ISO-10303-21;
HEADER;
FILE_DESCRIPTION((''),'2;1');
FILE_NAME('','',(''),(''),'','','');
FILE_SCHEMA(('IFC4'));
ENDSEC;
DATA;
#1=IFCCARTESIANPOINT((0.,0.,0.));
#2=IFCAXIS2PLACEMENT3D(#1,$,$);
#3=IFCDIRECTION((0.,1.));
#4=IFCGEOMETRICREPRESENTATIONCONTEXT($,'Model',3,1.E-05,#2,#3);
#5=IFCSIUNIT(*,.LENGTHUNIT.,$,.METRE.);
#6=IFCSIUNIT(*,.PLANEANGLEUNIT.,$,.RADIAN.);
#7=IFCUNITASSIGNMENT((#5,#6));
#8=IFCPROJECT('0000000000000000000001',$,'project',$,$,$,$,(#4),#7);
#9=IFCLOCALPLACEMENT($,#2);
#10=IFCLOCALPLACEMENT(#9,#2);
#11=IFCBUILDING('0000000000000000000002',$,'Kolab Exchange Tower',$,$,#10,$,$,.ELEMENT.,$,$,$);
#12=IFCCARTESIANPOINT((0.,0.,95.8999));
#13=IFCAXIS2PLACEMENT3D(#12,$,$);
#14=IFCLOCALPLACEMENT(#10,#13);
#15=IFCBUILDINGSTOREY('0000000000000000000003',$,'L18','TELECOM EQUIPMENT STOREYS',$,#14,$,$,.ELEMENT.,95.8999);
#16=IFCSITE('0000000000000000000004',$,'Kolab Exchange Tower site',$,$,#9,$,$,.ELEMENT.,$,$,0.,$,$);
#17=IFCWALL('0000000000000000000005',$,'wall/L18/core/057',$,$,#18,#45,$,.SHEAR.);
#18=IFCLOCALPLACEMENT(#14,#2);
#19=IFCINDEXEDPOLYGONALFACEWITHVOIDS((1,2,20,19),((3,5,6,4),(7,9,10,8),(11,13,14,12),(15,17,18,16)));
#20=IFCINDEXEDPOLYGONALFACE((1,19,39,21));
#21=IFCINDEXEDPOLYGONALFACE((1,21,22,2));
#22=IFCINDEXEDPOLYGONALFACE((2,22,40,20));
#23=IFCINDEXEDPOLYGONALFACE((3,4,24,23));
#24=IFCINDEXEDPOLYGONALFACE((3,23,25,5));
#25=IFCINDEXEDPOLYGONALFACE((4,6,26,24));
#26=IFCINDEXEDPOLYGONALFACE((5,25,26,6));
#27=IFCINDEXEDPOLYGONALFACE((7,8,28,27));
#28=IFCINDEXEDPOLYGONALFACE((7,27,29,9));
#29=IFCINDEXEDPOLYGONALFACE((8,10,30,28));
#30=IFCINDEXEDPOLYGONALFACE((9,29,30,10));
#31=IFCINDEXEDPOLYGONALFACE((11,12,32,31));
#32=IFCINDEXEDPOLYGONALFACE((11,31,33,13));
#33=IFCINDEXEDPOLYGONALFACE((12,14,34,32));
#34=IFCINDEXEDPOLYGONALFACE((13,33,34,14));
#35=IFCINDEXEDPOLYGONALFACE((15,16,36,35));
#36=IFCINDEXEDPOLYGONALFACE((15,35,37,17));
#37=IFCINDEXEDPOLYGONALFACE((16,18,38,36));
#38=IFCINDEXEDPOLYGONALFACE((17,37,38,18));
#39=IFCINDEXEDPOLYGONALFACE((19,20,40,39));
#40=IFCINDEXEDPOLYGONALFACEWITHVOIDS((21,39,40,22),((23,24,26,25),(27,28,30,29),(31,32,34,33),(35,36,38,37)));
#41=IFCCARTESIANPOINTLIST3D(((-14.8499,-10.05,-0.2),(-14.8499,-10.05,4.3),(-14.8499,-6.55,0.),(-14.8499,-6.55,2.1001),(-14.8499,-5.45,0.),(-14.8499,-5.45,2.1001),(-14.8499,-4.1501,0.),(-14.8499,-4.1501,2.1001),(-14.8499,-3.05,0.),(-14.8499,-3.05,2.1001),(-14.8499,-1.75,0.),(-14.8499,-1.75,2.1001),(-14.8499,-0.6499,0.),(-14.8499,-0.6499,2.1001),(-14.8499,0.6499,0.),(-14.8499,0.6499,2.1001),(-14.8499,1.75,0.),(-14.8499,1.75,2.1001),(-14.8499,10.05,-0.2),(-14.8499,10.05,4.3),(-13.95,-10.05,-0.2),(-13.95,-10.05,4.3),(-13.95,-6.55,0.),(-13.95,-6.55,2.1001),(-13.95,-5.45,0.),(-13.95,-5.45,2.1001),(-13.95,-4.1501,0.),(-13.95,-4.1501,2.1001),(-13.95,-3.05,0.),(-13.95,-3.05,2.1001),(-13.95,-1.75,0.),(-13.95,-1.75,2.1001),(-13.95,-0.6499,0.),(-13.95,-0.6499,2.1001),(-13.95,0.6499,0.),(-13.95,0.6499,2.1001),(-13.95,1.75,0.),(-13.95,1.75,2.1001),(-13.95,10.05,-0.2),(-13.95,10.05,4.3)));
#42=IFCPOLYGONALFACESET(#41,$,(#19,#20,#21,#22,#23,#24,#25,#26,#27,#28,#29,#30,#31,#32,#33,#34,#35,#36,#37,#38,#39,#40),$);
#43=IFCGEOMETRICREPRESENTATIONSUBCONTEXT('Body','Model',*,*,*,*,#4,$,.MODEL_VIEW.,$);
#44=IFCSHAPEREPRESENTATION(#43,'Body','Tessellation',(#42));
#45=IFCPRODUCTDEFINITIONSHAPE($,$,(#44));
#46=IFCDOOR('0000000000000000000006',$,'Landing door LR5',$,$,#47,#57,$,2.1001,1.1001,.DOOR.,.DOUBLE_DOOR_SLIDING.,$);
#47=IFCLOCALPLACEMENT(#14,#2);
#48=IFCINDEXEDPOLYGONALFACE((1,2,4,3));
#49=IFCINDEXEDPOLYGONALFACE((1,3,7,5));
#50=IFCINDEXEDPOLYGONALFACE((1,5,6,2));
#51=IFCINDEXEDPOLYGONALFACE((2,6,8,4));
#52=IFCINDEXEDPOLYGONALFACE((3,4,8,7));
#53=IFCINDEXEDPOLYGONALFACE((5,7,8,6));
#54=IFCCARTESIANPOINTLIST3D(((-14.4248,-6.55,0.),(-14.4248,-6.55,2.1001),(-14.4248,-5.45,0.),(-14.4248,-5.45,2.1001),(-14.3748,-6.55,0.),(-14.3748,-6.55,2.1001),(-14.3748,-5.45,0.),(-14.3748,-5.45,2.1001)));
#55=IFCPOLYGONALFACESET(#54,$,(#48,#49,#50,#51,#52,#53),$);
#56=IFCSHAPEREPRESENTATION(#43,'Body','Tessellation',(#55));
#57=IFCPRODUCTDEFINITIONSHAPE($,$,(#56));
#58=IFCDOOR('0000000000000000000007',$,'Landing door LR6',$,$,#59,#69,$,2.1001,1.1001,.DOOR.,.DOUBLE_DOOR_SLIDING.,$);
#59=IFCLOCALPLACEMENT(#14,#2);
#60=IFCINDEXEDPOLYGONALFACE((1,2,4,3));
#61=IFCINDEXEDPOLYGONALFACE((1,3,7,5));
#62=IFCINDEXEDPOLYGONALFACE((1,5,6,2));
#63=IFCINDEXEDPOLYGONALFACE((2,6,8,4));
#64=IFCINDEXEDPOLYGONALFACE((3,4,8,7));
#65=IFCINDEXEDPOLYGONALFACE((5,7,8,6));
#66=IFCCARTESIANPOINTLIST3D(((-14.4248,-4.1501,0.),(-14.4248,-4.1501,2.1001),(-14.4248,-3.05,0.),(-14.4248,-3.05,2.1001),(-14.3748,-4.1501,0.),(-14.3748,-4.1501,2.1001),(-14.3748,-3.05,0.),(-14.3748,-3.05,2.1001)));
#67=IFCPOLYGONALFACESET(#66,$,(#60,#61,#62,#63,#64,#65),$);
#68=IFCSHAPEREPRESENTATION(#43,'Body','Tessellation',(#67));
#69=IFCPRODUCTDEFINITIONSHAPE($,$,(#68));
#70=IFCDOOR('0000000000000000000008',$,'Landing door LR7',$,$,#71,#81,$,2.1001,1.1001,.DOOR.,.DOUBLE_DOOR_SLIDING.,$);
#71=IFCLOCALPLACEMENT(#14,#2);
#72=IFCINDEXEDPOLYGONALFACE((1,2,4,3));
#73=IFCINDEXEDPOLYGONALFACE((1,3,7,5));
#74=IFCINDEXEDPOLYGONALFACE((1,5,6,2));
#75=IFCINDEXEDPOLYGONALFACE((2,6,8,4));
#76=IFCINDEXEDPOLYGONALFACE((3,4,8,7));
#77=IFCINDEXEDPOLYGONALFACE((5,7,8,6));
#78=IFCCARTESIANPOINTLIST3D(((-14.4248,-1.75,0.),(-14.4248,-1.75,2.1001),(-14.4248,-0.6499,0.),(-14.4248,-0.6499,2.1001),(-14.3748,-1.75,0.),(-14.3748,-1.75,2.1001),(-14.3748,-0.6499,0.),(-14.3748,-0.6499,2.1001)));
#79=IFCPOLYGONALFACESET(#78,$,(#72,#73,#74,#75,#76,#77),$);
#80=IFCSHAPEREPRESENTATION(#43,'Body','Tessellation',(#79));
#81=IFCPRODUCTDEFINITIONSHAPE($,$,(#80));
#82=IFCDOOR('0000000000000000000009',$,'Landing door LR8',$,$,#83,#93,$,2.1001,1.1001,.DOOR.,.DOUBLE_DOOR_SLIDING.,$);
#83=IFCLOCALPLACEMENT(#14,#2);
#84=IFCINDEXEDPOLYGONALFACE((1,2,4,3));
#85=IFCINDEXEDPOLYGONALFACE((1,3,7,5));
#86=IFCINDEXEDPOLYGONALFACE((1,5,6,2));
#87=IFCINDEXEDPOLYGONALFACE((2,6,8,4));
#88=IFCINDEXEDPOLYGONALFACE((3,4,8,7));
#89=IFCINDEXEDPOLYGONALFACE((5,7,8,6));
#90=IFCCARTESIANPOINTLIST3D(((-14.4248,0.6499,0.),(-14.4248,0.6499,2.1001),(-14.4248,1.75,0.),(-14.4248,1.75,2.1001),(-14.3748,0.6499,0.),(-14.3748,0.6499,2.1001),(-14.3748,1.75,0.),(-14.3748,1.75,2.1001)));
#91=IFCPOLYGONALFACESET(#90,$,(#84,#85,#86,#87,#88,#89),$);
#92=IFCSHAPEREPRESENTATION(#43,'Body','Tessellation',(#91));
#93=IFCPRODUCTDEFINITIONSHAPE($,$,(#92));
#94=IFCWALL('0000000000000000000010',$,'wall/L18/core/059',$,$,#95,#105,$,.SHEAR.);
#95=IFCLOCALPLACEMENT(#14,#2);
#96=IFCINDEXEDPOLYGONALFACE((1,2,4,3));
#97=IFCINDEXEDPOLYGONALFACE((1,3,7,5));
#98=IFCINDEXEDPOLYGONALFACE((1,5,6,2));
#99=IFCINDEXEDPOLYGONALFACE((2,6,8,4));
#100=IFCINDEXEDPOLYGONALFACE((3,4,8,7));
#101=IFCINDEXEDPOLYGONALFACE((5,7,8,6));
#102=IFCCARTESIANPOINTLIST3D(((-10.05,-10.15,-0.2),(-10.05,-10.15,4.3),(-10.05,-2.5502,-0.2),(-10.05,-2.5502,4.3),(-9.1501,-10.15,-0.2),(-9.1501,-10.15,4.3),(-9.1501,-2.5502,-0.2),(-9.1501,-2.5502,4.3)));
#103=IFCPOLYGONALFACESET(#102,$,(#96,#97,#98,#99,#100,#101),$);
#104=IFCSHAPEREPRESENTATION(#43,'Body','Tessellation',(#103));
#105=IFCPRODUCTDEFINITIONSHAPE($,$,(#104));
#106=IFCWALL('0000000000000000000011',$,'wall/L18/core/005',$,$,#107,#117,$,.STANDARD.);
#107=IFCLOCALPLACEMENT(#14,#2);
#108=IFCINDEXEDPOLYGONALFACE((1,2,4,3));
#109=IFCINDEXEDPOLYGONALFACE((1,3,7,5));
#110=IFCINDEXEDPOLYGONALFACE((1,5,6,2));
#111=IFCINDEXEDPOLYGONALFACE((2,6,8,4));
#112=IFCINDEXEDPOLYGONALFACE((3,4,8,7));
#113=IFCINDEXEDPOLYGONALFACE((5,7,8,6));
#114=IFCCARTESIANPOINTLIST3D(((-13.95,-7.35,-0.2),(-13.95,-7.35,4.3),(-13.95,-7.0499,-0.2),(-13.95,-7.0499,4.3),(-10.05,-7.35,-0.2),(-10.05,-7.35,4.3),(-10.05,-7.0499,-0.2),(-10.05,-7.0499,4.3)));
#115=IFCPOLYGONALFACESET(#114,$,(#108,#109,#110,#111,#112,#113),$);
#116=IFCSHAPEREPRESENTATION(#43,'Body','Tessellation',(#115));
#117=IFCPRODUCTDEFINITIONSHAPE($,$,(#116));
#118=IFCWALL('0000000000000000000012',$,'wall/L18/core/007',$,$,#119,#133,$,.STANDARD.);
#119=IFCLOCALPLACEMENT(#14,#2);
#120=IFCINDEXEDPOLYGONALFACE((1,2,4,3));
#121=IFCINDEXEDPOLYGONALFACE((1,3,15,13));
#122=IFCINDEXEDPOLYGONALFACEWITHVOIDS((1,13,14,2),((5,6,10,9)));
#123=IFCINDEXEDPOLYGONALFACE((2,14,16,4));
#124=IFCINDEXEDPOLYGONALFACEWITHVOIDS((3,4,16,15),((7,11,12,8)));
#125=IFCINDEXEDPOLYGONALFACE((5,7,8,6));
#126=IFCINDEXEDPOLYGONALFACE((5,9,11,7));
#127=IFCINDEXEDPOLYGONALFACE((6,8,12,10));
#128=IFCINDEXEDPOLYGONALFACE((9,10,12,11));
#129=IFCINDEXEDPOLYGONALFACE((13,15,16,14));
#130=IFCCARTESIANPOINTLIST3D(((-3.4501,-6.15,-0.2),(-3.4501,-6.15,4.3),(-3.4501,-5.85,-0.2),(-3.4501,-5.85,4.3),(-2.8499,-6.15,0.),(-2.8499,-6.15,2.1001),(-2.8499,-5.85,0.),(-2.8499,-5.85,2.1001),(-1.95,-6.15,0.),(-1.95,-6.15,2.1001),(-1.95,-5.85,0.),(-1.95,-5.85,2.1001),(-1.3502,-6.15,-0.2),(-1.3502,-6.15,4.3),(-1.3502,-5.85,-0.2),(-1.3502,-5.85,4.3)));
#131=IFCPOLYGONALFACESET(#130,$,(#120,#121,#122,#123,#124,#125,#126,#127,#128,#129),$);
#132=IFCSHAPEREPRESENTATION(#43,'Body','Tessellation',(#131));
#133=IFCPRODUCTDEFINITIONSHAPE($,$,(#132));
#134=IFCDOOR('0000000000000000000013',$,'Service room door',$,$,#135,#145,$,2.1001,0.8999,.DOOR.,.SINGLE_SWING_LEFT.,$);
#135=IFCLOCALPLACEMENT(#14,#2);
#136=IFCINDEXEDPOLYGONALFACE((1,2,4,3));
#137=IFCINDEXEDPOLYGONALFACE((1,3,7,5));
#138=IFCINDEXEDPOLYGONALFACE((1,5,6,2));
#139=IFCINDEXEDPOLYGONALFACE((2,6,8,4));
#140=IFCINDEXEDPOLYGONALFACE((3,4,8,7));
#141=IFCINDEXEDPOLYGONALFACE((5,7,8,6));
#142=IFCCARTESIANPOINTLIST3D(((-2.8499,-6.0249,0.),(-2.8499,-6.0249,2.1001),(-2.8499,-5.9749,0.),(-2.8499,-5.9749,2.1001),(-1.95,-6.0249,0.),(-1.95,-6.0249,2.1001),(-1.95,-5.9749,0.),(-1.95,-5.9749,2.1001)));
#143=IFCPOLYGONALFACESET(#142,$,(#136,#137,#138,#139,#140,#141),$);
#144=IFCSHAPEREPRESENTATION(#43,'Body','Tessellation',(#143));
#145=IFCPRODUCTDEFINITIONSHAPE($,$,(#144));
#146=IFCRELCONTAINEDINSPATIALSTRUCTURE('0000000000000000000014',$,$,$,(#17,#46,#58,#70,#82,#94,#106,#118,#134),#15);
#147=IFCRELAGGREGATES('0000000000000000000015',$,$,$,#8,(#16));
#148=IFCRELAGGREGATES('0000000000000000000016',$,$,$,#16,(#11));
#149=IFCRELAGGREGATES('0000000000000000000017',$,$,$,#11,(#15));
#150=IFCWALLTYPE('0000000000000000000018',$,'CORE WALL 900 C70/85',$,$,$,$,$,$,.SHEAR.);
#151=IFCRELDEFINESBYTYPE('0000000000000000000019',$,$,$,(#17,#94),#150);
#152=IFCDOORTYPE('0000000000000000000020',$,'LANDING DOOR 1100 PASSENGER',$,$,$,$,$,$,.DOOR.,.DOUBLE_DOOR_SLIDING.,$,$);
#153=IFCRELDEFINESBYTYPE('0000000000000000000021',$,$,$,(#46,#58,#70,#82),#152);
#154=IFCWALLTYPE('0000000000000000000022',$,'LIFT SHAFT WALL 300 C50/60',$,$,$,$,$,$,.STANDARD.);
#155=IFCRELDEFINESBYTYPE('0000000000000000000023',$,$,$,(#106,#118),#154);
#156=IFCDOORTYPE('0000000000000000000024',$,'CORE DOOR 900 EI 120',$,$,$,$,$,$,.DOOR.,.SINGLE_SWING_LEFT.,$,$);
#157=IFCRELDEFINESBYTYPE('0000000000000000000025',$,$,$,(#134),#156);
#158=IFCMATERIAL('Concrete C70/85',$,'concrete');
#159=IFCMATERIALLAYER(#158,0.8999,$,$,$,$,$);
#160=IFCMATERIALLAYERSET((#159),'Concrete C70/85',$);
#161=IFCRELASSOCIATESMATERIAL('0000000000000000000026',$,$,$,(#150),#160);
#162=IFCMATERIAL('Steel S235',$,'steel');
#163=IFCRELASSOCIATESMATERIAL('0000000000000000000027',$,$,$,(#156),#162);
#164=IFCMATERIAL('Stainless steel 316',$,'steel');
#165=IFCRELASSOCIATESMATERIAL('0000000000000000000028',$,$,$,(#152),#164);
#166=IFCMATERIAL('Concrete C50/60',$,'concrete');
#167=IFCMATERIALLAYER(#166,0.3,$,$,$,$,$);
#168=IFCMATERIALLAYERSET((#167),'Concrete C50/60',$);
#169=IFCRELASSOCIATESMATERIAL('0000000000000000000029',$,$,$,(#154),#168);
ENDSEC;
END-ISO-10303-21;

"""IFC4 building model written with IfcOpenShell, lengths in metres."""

from ifc_helpers import new_model, si_unit, direction, frame, frame_2d, origin, place, context, subcontext, project, spatial, rectangle, extrude, material, layer, layer_set, type_object, element, fill, save


model = new_model("IFC4")

# Units and contexts
model_context = context("Model", 3, precision=1e-05, world=origin(), true_north=direction((0.0, 1.0)))
body_context = subcontext(model_context, "Body", "Model", "MODEL_VIEW")
ifc_project = project(units=[si_unit("LENGTHUNIT", "METRE"), si_unit("PLANEANGLEUNIT", "RADIAN")], contexts=[model_context])

# Site, building, storey
site_placement = place(None, origin())
site = spatial("IfcSite", under=ifc_project, at=site_placement, Name="Kolab Exchange Tower site", CompositionType="ELEMENT", RefElevation=0.0)
building_placement = place(site_placement, origin())
building = spatial("IfcBuilding", under=site, at=building_placement, Name="Kolab Exchange Tower", CompositionType="ELEMENT")
storey_placement = place(building_placement, frame((0.0, 0.0, 95.8999)))
storey = spatial("IfcBuildingStorey", under=building, at=storey_placement, Name="L18", Description="TELECOM EQUIPMENT STOREYS", CompositionType="ELEMENT", Elevation=95.8999)

# Shared definitions
ifc_material_1 = material(Name="Concrete C70/85", Category="concrete")
ifc_layer_1 = layer(ifc_material_1, 0.8999)
ifc_layer_set_1 = layer_set([ifc_layer_1], Name="Concrete C70/85")
wall_type_1 = type_object("IfcWallType", Name="CORE WALL 900 C70/85", PredefinedType="SHEAR", material=ifc_layer_set_1)
ifc_material_2 = material(Name="Steel S235", Category="steel")
door_type_1 = type_object("IfcDoorType", Name="CORE DOOR 900 EI 120", OperationType="SINGLE_SWING_LEFT", PredefinedType="DOOR", material=ifc_material_2)

# Wall, openings, doors
wall_1_placement = place(storey_placement, frame((-14.3999, -10.05, -0.2), z_axis=(0.0, 0.0, 1.0), x_axis=(0.0, 1.0, 0.0)))
wall_1 = element("IfcWall", 1, at=wall_1_placement, inside=storey, type_object=wall_type_1, Name="wall/L18/core/057", PredefinedType="SHEAR", context=body_context, shape_type="SweptSolid", body=[
    extrude(rectangle(XDim=20.1001, YDim=0.8999, at=frame_2d((10.05, 0.0))), origin(), (0.0, 0.0, 1.0), 4.5),
])
opening_1_placement = place(wall_1_placement, frame((3.5, 0.0, 0.2)))
opening_1 = element("IfcOpeningElement", 2, at=opening_1_placement, cuts=wall_1, PredefinedType="OPENING", context=body_context, shape_type="SweptSolid", body=[
    extrude(rectangle(XDim=1.1001, YDim=2.1001, at=frame_2d((0.55, 1.05))), frame((0.0, 0.46, 0.0), z_axis=(0.0, -1.0, 0.0), x_axis=(1.0, 0.0, 0.0)), (0.0, 0.0, 1.0), 0.9199),
])
opening_2_placement = place(wall_1_placement, frame((5.8999, 0.0, 0.2)))
opening_2 = element("IfcOpeningElement", 3, at=opening_2_placement, cuts=wall_1, PredefinedType="OPENING", context=body_context, shape_type="SweptSolid", body=[
    extrude(rectangle(XDim=1.1001, YDim=2.1001, at=frame_2d((0.55, 1.05))), frame((0.0, 0.46, 0.0), z_axis=(0.0, -1.0, 0.0), x_axis=(1.0, 0.0, 0.0)), (0.0, 0.0, 1.0), 0.9199),
])
opening_3_placement = place(wall_1_placement, frame((8.3, 0.0, 0.2)))
opening_3 = element("IfcOpeningElement", 4, at=opening_3_placement, cuts=wall_1, PredefinedType="OPENING", context=body_context, shape_type="SweptSolid", body=[
    extrude(rectangle(XDim=1.1001, YDim=2.1001, at=frame_2d((0.55, 1.05))), frame((0.0, 0.46, 0.0), z_axis=(0.0, -1.0, 0.0), x_axis=(1.0, 0.0, 0.0)), (0.0, 0.0, 1.0), 0.9199),
])
opening_4_placement = place(wall_1_placement, frame((10.7, 0.0, 0.2)))
opening_4 = element("IfcOpeningElement", 5, at=opening_4_placement, cuts=wall_1, PredefinedType="OPENING", context=body_context, shape_type="SweptSolid", body=[
    extrude(rectangle(XDim=1.1001, YDim=2.1001, at=frame_2d((0.55, 1.05))), frame((0.0, 0.46, 0.0), z_axis=(0.0, -1.0, 0.0), x_axis=(1.0, 0.0, 0.0)), (0.0, 0.0, 1.0), 0.9199),
])
ifc_material_3 = material(Name="Stainless steel 316", Category="steel")
door_type_2 = type_object("IfcDoorType", Name="LANDING DOOR 1100 PASSENGER", OperationType="DOUBLE_DOOR_SLIDING", PredefinedType="DOOR", material=ifc_material_3)
door_1_placement = place(opening_1_placement, origin())
door_1 = element("IfcDoor", 6, at=door_1_placement, inside=storey, type_object=door_type_2, Name="Landing door LR5", OperationType="DOUBLE_DOOR_SLIDING", OverallHeight=2.1001, OverallWidth=1.1001, PredefinedType="DOOR", context=body_context, shape_type="SweptSolid", body=[
    extrude(rectangle(XDim=1.1001, YDim=2.1001, at=frame_2d((0.55, 1.05))), frame((0.0, 0.0249, 0.0), z_axis=(0.0, -1.0, 0.0), x_axis=(1.0, 0.0, 0.0)), (0.0, 0.0, 1.0), 0.05),
])
fill(opening_1, door_1)
door_2_placement = place(opening_2_placement, origin())
door_2 = element("IfcDoor", 7, at=door_2_placement, inside=storey, type_object=door_type_2, Name="Landing door LR6", OperationType="DOUBLE_DOOR_SLIDING", OverallHeight=2.1001, OverallWidth=1.1001, PredefinedType="DOOR", context=body_context, shape_type="SweptSolid", body=[
    extrude(rectangle(XDim=1.1001, YDim=2.1001, at=frame_2d((0.55, 1.05))), frame((0.0, 0.0249, 0.0), z_axis=(0.0, -1.0, 0.0), x_axis=(1.0, 0.0, 0.0)), (0.0, 0.0, 1.0), 0.05),
])
fill(opening_2, door_2)
door_3_placement = place(opening_3_placement, origin())
door_3 = element("IfcDoor", 8, at=door_3_placement, inside=storey, type_object=door_type_2, Name="Landing door LR7", OperationType="DOUBLE_DOOR_SLIDING", OverallHeight=2.1001, OverallWidth=1.1001, PredefinedType="DOOR", context=body_context, shape_type="SweptSolid", body=[
    extrude(rectangle(XDim=1.1001, YDim=2.1001, at=frame_2d((0.55, 1.05))), frame((0.0, 0.0249, 0.0), z_axis=(0.0, -1.0, 0.0), x_axis=(1.0, 0.0, 0.0)), (0.0, 0.0, 1.0), 0.05),
])
fill(opening_3, door_3)
door_4_placement = place(opening_4_placement, origin())
door_4 = element("IfcDoor", 9, at=door_4_placement, inside=storey, type_object=door_type_2, Name="Landing door LR8", OperationType="DOUBLE_DOOR_SLIDING", OverallHeight=2.1001, OverallWidth=1.1001, PredefinedType="DOOR", context=body_context, shape_type="SweptSolid", body=[
    extrude(rectangle(XDim=1.1001, YDim=2.1001, at=frame_2d((0.55, 1.05))), frame((0.0, 0.0249, 0.0), z_axis=(0.0, -1.0, 0.0), x_axis=(1.0, 0.0, 0.0)), (0.0, 0.0, 1.0), 0.05),
])
fill(opening_4, door_4)

# Walls
wall_2_placement = place(storey_placement, frame((-9.6001, -10.1499, -0.2), z_axis=(0.0, 0.0, 1.0), x_axis=(0.0, 1.0, 0.0)))
element("IfcWall", 10, at=wall_2_placement, inside=storey, type_object=wall_type_1, Name="wall/L18/core/059", PredefinedType="SHEAR", context=body_context, shape_type="SweptSolid", body=[
    extrude(rectangle(XDim=7.5999, YDim=0.8999, at=frame_2d((3.7998, 0.0))), origin(), (0.0, 0.0, 1.0), 4.5),
])
ifc_material_4 = material(Name="Concrete C50/60", Category="concrete")
ifc_layer_2 = layer(ifc_material_4, 0.3)
ifc_layer_set_2 = layer_set([ifc_layer_2], Name="Concrete C50/60")
wall_type_2 = type_object("IfcWallType", Name="LIFT SHAFT WALL 300 C50/60", PredefinedType="STANDARD", material=ifc_layer_set_2)
wall_3_placement = place(storey_placement, frame((-13.95, -7.2, -0.2), z_axis=(0.0, 0.0, 1.0), x_axis=(1.0, 0.0, 0.0)))
element("IfcWall", 11, at=wall_3_placement, inside=storey, type_object=wall_type_2, Name="wall/L18/core/005", PredefinedType="STANDARD", context=body_context, shape_type="SweptSolid", body=[
    extrude(rectangle(XDim=3.8999, YDim=0.3, at=frame_2d((1.95, 0.0))), origin(), (0.0, 0.0, 1.0), 4.5),
])

# Wall, opening, door
wall_4_placement = place(storey_placement, frame((-3.45, -6.0, -0.2), z_axis=(0.0, 0.0, 1.0), x_axis=(1.0, 0.0, 0.0)))
wall_4 = element("IfcWall", 12, at=wall_4_placement, inside=storey, type_object=wall_type_2, Name="wall/L18/core/007", PredefinedType="STANDARD", context=body_context, shape_type="SweptSolid", body=[
    extrude(rectangle(XDim=2.0999, YDim=0.3, at=frame_2d((1.0498, 0.0))), origin(), (0.0, 0.0, 1.0), 4.5),
])
opening_5_placement = place(wall_4_placement, frame((0.6001, 0.0, 0.2)))
opening_5 = element("IfcOpeningElement", 13, at=opening_5_placement, cuts=wall_4, PredefinedType="OPENING", context=body_context, shape_type="SweptSolid", body=[
    extrude(rectangle(XDim=0.8999, YDim=2.1001, at=frame_2d((0.45, 1.05))), frame((0.0, 0.1602, 0.0), z_axis=(0.0, -1.0, 0.0), x_axis=(1.0, 0.0, 0.0)), (0.0, 0.0, 1.0), 0.3201),
])
door_5_placement = place(opening_5_placement, frame((0.8999, 0.0, 0.0), z_axis=(0.0, 0.0, 1.0), x_axis=(-1.0, 0.0, 0.0)))
door_5 = element("IfcDoor", 14, at=door_5_placement, inside=storey, type_object=door_type_1, Name="Service room door", OperationType="SINGLE_SWING_LEFT", OverallHeight=2.1001, OverallWidth=0.8999, PredefinedType="DOOR", context=body_context, shape_type="SweptSolid", body=[
    extrude(rectangle(XDim=0.8999, YDim=2.1001, at=frame_2d((0.45, 1.05))), frame((0.0, 0.0249, 0.0), z_axis=(0.0, -1.0, 0.0), x_axis=(1.0, 0.0, 0.0)), (0.0, 0.0, 1.0), 0.05),
])
fill(opening_5, door_5)

save(model, "model.ifc")
